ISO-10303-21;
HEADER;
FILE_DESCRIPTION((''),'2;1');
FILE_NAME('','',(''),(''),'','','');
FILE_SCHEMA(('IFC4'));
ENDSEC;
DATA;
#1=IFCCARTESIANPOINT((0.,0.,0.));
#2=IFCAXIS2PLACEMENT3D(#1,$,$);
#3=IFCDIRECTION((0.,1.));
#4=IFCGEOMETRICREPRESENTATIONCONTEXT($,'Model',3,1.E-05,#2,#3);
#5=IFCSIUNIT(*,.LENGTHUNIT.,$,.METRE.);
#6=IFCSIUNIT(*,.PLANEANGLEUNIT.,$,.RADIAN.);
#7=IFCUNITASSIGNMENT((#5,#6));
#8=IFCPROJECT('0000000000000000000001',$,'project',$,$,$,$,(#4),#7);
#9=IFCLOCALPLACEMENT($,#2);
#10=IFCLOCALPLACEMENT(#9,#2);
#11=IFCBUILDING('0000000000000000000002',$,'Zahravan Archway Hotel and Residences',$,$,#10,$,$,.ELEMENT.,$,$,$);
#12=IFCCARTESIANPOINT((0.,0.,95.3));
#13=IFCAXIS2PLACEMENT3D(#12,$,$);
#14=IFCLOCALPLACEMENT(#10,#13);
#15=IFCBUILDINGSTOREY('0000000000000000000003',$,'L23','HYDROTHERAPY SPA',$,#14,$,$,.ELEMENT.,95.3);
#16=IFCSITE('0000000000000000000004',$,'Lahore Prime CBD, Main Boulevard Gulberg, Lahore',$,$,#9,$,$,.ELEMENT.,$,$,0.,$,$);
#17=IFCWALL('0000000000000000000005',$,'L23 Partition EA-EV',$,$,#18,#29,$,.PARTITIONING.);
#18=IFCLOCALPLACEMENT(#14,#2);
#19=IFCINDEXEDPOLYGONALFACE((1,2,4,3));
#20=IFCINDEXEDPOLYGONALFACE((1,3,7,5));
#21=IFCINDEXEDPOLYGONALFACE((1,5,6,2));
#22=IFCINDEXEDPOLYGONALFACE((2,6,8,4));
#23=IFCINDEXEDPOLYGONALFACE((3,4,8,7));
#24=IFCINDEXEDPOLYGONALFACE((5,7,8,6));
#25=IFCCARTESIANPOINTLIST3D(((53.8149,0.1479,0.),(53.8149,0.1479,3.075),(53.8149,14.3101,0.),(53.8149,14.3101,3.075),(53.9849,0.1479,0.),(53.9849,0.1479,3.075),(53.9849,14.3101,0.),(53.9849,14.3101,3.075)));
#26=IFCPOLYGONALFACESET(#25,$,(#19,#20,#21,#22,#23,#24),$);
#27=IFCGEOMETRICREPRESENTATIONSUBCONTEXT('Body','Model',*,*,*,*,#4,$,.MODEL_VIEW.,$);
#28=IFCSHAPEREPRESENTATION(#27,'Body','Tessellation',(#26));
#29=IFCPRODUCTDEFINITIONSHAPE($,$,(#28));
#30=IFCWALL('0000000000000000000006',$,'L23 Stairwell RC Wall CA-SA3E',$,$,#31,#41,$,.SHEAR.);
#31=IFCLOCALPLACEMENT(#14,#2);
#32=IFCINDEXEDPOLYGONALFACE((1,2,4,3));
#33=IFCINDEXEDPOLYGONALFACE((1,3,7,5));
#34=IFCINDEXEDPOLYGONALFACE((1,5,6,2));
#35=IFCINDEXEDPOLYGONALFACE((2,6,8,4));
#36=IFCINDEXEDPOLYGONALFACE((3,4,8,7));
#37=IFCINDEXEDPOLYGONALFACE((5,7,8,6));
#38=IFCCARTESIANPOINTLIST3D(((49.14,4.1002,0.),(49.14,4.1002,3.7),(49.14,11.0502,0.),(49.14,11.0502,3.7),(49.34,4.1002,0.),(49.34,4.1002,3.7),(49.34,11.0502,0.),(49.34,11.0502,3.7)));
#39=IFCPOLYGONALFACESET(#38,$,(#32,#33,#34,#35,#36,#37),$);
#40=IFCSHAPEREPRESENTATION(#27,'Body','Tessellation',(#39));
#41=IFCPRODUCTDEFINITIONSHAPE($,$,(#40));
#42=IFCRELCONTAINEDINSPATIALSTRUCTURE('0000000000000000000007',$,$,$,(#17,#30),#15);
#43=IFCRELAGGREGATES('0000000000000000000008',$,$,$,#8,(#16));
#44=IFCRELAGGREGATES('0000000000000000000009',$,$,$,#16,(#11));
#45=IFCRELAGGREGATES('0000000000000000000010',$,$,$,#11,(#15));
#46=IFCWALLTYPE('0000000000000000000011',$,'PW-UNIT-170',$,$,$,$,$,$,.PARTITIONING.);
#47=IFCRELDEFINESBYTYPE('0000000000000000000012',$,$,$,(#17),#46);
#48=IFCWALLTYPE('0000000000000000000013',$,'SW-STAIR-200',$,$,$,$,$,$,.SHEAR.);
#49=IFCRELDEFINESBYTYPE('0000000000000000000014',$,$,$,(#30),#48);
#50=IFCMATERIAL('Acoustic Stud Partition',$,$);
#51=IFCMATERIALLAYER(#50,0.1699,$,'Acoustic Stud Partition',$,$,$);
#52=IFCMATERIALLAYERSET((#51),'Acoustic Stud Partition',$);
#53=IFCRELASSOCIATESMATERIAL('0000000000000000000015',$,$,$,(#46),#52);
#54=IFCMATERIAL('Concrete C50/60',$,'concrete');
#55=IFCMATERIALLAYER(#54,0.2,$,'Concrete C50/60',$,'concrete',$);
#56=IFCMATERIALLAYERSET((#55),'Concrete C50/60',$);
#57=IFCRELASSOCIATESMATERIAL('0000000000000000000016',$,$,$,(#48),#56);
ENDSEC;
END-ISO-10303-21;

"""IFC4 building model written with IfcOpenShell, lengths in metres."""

from ifc_helpers import new_model, si_unit, direction, frame, frame_2d, origin, place, context, subcontext, project, spatial, rectangle, extrude, material, layer, layer_set, type_object, element, save


model = new_model("IFC4")

# Units and contexts
model_context = context("Model", 3, precision=1e-05, world=origin(), true_north=direction((0.0, 1.0)))
body_context = subcontext(model_context, "Body", "Model", "MODEL_VIEW")
ifc_project = project(units=[si_unit("LENGTHUNIT", "METRE"), si_unit("PLANEANGLEUNIT", "RADIAN")], contexts=[model_context])

# Site, building, storey
site_placement = place(None, origin())
site = spatial("IfcSite", under=ifc_project, at=site_placement, Name="Lahore Prime CBD, Main Boulevard Gulberg, Lahore", CompositionType="ELEMENT", RefElevation=0.0)
building_placement = place(site_placement, origin())
building = spatial("IfcBuilding", under=site, at=building_placement, Name="Zahravan Archway Hotel and Residences", CompositionType="ELEMENT")
storey_placement = place(building_placement, frame((0.0, 0.0, 95.3)))
storey = spatial("IfcBuildingStorey", under=building, at=storey_placement, Name="L23", Description="HYDROTHERAPY SPA", CompositionType="ELEMENT", Elevation=95.3)

# Walls
ifc_material_1 = material(Name="Acoustic Stud Partition")
ifc_layer_1 = layer(ifc_material_1, 0.1699, Name="Acoustic Stud Partition")
ifc_layer_set_1 = layer_set([ifc_layer_1], Name="Acoustic Stud Partition")
wall_type_1 = type_object("IfcWallType", Name="PW-UNIT-170", PredefinedType="PARTITIONING", material=ifc_layer_set_1)
wall_1_placement = place(storey_placement, frame((53.8999, 0.1479, 0.0), z_axis=(0.0, 0.0, 1.0), x_axis=(0.0, 1.0, 0.0)))
element("IfcWall", 1, at=wall_1_placement, inside=storey, type_object=wall_type_1, Name="L23 Partition EA-EV", PredefinedType="PARTITIONING", context=body_context, shape_type="SweptSolid", body=[
    extrude(rectangle(XDim=14.1621, YDim=0.1699, at=frame_2d((7.0811, 0.0))), origin(), (0.0, 0.0, 1.0), 3.075),
])
ifc_material_2 = material(Name="Concrete C50/60", Category="concrete")
ifc_layer_2 = layer(ifc_material_2, 0.2, Name="Concrete C50/60", Category="concrete")
ifc_layer_set_2 = layer_set([ifc_layer_2], Name="Concrete C50/60")
wall_type_2 = type_object("IfcWallType", Name="SW-STAIR-200", PredefinedType="SHEAR", material=ifc_layer_set_2)
wall_2_placement = place(storey_placement, frame((49.24, 4.1001, 0.0), z_axis=(0.0, 0.0, 1.0), x_axis=(0.0, 1.0, 0.0)))
element("IfcWall", 2, at=wall_2_placement, inside=storey, type_object=wall_type_2, Name="L23 Stairwell RC Wall CA-SA3E", PredefinedType="SHEAR", context=body_context, shape_type="SweptSolid", body=[
    extrude(rectangle(XDim=6.95, YDim=0.2, at=frame_2d((3.4751, 0.0))), origin(), (0.0, 0.0, 1.0), 3.7),
])

save(model, "model.ifc")
